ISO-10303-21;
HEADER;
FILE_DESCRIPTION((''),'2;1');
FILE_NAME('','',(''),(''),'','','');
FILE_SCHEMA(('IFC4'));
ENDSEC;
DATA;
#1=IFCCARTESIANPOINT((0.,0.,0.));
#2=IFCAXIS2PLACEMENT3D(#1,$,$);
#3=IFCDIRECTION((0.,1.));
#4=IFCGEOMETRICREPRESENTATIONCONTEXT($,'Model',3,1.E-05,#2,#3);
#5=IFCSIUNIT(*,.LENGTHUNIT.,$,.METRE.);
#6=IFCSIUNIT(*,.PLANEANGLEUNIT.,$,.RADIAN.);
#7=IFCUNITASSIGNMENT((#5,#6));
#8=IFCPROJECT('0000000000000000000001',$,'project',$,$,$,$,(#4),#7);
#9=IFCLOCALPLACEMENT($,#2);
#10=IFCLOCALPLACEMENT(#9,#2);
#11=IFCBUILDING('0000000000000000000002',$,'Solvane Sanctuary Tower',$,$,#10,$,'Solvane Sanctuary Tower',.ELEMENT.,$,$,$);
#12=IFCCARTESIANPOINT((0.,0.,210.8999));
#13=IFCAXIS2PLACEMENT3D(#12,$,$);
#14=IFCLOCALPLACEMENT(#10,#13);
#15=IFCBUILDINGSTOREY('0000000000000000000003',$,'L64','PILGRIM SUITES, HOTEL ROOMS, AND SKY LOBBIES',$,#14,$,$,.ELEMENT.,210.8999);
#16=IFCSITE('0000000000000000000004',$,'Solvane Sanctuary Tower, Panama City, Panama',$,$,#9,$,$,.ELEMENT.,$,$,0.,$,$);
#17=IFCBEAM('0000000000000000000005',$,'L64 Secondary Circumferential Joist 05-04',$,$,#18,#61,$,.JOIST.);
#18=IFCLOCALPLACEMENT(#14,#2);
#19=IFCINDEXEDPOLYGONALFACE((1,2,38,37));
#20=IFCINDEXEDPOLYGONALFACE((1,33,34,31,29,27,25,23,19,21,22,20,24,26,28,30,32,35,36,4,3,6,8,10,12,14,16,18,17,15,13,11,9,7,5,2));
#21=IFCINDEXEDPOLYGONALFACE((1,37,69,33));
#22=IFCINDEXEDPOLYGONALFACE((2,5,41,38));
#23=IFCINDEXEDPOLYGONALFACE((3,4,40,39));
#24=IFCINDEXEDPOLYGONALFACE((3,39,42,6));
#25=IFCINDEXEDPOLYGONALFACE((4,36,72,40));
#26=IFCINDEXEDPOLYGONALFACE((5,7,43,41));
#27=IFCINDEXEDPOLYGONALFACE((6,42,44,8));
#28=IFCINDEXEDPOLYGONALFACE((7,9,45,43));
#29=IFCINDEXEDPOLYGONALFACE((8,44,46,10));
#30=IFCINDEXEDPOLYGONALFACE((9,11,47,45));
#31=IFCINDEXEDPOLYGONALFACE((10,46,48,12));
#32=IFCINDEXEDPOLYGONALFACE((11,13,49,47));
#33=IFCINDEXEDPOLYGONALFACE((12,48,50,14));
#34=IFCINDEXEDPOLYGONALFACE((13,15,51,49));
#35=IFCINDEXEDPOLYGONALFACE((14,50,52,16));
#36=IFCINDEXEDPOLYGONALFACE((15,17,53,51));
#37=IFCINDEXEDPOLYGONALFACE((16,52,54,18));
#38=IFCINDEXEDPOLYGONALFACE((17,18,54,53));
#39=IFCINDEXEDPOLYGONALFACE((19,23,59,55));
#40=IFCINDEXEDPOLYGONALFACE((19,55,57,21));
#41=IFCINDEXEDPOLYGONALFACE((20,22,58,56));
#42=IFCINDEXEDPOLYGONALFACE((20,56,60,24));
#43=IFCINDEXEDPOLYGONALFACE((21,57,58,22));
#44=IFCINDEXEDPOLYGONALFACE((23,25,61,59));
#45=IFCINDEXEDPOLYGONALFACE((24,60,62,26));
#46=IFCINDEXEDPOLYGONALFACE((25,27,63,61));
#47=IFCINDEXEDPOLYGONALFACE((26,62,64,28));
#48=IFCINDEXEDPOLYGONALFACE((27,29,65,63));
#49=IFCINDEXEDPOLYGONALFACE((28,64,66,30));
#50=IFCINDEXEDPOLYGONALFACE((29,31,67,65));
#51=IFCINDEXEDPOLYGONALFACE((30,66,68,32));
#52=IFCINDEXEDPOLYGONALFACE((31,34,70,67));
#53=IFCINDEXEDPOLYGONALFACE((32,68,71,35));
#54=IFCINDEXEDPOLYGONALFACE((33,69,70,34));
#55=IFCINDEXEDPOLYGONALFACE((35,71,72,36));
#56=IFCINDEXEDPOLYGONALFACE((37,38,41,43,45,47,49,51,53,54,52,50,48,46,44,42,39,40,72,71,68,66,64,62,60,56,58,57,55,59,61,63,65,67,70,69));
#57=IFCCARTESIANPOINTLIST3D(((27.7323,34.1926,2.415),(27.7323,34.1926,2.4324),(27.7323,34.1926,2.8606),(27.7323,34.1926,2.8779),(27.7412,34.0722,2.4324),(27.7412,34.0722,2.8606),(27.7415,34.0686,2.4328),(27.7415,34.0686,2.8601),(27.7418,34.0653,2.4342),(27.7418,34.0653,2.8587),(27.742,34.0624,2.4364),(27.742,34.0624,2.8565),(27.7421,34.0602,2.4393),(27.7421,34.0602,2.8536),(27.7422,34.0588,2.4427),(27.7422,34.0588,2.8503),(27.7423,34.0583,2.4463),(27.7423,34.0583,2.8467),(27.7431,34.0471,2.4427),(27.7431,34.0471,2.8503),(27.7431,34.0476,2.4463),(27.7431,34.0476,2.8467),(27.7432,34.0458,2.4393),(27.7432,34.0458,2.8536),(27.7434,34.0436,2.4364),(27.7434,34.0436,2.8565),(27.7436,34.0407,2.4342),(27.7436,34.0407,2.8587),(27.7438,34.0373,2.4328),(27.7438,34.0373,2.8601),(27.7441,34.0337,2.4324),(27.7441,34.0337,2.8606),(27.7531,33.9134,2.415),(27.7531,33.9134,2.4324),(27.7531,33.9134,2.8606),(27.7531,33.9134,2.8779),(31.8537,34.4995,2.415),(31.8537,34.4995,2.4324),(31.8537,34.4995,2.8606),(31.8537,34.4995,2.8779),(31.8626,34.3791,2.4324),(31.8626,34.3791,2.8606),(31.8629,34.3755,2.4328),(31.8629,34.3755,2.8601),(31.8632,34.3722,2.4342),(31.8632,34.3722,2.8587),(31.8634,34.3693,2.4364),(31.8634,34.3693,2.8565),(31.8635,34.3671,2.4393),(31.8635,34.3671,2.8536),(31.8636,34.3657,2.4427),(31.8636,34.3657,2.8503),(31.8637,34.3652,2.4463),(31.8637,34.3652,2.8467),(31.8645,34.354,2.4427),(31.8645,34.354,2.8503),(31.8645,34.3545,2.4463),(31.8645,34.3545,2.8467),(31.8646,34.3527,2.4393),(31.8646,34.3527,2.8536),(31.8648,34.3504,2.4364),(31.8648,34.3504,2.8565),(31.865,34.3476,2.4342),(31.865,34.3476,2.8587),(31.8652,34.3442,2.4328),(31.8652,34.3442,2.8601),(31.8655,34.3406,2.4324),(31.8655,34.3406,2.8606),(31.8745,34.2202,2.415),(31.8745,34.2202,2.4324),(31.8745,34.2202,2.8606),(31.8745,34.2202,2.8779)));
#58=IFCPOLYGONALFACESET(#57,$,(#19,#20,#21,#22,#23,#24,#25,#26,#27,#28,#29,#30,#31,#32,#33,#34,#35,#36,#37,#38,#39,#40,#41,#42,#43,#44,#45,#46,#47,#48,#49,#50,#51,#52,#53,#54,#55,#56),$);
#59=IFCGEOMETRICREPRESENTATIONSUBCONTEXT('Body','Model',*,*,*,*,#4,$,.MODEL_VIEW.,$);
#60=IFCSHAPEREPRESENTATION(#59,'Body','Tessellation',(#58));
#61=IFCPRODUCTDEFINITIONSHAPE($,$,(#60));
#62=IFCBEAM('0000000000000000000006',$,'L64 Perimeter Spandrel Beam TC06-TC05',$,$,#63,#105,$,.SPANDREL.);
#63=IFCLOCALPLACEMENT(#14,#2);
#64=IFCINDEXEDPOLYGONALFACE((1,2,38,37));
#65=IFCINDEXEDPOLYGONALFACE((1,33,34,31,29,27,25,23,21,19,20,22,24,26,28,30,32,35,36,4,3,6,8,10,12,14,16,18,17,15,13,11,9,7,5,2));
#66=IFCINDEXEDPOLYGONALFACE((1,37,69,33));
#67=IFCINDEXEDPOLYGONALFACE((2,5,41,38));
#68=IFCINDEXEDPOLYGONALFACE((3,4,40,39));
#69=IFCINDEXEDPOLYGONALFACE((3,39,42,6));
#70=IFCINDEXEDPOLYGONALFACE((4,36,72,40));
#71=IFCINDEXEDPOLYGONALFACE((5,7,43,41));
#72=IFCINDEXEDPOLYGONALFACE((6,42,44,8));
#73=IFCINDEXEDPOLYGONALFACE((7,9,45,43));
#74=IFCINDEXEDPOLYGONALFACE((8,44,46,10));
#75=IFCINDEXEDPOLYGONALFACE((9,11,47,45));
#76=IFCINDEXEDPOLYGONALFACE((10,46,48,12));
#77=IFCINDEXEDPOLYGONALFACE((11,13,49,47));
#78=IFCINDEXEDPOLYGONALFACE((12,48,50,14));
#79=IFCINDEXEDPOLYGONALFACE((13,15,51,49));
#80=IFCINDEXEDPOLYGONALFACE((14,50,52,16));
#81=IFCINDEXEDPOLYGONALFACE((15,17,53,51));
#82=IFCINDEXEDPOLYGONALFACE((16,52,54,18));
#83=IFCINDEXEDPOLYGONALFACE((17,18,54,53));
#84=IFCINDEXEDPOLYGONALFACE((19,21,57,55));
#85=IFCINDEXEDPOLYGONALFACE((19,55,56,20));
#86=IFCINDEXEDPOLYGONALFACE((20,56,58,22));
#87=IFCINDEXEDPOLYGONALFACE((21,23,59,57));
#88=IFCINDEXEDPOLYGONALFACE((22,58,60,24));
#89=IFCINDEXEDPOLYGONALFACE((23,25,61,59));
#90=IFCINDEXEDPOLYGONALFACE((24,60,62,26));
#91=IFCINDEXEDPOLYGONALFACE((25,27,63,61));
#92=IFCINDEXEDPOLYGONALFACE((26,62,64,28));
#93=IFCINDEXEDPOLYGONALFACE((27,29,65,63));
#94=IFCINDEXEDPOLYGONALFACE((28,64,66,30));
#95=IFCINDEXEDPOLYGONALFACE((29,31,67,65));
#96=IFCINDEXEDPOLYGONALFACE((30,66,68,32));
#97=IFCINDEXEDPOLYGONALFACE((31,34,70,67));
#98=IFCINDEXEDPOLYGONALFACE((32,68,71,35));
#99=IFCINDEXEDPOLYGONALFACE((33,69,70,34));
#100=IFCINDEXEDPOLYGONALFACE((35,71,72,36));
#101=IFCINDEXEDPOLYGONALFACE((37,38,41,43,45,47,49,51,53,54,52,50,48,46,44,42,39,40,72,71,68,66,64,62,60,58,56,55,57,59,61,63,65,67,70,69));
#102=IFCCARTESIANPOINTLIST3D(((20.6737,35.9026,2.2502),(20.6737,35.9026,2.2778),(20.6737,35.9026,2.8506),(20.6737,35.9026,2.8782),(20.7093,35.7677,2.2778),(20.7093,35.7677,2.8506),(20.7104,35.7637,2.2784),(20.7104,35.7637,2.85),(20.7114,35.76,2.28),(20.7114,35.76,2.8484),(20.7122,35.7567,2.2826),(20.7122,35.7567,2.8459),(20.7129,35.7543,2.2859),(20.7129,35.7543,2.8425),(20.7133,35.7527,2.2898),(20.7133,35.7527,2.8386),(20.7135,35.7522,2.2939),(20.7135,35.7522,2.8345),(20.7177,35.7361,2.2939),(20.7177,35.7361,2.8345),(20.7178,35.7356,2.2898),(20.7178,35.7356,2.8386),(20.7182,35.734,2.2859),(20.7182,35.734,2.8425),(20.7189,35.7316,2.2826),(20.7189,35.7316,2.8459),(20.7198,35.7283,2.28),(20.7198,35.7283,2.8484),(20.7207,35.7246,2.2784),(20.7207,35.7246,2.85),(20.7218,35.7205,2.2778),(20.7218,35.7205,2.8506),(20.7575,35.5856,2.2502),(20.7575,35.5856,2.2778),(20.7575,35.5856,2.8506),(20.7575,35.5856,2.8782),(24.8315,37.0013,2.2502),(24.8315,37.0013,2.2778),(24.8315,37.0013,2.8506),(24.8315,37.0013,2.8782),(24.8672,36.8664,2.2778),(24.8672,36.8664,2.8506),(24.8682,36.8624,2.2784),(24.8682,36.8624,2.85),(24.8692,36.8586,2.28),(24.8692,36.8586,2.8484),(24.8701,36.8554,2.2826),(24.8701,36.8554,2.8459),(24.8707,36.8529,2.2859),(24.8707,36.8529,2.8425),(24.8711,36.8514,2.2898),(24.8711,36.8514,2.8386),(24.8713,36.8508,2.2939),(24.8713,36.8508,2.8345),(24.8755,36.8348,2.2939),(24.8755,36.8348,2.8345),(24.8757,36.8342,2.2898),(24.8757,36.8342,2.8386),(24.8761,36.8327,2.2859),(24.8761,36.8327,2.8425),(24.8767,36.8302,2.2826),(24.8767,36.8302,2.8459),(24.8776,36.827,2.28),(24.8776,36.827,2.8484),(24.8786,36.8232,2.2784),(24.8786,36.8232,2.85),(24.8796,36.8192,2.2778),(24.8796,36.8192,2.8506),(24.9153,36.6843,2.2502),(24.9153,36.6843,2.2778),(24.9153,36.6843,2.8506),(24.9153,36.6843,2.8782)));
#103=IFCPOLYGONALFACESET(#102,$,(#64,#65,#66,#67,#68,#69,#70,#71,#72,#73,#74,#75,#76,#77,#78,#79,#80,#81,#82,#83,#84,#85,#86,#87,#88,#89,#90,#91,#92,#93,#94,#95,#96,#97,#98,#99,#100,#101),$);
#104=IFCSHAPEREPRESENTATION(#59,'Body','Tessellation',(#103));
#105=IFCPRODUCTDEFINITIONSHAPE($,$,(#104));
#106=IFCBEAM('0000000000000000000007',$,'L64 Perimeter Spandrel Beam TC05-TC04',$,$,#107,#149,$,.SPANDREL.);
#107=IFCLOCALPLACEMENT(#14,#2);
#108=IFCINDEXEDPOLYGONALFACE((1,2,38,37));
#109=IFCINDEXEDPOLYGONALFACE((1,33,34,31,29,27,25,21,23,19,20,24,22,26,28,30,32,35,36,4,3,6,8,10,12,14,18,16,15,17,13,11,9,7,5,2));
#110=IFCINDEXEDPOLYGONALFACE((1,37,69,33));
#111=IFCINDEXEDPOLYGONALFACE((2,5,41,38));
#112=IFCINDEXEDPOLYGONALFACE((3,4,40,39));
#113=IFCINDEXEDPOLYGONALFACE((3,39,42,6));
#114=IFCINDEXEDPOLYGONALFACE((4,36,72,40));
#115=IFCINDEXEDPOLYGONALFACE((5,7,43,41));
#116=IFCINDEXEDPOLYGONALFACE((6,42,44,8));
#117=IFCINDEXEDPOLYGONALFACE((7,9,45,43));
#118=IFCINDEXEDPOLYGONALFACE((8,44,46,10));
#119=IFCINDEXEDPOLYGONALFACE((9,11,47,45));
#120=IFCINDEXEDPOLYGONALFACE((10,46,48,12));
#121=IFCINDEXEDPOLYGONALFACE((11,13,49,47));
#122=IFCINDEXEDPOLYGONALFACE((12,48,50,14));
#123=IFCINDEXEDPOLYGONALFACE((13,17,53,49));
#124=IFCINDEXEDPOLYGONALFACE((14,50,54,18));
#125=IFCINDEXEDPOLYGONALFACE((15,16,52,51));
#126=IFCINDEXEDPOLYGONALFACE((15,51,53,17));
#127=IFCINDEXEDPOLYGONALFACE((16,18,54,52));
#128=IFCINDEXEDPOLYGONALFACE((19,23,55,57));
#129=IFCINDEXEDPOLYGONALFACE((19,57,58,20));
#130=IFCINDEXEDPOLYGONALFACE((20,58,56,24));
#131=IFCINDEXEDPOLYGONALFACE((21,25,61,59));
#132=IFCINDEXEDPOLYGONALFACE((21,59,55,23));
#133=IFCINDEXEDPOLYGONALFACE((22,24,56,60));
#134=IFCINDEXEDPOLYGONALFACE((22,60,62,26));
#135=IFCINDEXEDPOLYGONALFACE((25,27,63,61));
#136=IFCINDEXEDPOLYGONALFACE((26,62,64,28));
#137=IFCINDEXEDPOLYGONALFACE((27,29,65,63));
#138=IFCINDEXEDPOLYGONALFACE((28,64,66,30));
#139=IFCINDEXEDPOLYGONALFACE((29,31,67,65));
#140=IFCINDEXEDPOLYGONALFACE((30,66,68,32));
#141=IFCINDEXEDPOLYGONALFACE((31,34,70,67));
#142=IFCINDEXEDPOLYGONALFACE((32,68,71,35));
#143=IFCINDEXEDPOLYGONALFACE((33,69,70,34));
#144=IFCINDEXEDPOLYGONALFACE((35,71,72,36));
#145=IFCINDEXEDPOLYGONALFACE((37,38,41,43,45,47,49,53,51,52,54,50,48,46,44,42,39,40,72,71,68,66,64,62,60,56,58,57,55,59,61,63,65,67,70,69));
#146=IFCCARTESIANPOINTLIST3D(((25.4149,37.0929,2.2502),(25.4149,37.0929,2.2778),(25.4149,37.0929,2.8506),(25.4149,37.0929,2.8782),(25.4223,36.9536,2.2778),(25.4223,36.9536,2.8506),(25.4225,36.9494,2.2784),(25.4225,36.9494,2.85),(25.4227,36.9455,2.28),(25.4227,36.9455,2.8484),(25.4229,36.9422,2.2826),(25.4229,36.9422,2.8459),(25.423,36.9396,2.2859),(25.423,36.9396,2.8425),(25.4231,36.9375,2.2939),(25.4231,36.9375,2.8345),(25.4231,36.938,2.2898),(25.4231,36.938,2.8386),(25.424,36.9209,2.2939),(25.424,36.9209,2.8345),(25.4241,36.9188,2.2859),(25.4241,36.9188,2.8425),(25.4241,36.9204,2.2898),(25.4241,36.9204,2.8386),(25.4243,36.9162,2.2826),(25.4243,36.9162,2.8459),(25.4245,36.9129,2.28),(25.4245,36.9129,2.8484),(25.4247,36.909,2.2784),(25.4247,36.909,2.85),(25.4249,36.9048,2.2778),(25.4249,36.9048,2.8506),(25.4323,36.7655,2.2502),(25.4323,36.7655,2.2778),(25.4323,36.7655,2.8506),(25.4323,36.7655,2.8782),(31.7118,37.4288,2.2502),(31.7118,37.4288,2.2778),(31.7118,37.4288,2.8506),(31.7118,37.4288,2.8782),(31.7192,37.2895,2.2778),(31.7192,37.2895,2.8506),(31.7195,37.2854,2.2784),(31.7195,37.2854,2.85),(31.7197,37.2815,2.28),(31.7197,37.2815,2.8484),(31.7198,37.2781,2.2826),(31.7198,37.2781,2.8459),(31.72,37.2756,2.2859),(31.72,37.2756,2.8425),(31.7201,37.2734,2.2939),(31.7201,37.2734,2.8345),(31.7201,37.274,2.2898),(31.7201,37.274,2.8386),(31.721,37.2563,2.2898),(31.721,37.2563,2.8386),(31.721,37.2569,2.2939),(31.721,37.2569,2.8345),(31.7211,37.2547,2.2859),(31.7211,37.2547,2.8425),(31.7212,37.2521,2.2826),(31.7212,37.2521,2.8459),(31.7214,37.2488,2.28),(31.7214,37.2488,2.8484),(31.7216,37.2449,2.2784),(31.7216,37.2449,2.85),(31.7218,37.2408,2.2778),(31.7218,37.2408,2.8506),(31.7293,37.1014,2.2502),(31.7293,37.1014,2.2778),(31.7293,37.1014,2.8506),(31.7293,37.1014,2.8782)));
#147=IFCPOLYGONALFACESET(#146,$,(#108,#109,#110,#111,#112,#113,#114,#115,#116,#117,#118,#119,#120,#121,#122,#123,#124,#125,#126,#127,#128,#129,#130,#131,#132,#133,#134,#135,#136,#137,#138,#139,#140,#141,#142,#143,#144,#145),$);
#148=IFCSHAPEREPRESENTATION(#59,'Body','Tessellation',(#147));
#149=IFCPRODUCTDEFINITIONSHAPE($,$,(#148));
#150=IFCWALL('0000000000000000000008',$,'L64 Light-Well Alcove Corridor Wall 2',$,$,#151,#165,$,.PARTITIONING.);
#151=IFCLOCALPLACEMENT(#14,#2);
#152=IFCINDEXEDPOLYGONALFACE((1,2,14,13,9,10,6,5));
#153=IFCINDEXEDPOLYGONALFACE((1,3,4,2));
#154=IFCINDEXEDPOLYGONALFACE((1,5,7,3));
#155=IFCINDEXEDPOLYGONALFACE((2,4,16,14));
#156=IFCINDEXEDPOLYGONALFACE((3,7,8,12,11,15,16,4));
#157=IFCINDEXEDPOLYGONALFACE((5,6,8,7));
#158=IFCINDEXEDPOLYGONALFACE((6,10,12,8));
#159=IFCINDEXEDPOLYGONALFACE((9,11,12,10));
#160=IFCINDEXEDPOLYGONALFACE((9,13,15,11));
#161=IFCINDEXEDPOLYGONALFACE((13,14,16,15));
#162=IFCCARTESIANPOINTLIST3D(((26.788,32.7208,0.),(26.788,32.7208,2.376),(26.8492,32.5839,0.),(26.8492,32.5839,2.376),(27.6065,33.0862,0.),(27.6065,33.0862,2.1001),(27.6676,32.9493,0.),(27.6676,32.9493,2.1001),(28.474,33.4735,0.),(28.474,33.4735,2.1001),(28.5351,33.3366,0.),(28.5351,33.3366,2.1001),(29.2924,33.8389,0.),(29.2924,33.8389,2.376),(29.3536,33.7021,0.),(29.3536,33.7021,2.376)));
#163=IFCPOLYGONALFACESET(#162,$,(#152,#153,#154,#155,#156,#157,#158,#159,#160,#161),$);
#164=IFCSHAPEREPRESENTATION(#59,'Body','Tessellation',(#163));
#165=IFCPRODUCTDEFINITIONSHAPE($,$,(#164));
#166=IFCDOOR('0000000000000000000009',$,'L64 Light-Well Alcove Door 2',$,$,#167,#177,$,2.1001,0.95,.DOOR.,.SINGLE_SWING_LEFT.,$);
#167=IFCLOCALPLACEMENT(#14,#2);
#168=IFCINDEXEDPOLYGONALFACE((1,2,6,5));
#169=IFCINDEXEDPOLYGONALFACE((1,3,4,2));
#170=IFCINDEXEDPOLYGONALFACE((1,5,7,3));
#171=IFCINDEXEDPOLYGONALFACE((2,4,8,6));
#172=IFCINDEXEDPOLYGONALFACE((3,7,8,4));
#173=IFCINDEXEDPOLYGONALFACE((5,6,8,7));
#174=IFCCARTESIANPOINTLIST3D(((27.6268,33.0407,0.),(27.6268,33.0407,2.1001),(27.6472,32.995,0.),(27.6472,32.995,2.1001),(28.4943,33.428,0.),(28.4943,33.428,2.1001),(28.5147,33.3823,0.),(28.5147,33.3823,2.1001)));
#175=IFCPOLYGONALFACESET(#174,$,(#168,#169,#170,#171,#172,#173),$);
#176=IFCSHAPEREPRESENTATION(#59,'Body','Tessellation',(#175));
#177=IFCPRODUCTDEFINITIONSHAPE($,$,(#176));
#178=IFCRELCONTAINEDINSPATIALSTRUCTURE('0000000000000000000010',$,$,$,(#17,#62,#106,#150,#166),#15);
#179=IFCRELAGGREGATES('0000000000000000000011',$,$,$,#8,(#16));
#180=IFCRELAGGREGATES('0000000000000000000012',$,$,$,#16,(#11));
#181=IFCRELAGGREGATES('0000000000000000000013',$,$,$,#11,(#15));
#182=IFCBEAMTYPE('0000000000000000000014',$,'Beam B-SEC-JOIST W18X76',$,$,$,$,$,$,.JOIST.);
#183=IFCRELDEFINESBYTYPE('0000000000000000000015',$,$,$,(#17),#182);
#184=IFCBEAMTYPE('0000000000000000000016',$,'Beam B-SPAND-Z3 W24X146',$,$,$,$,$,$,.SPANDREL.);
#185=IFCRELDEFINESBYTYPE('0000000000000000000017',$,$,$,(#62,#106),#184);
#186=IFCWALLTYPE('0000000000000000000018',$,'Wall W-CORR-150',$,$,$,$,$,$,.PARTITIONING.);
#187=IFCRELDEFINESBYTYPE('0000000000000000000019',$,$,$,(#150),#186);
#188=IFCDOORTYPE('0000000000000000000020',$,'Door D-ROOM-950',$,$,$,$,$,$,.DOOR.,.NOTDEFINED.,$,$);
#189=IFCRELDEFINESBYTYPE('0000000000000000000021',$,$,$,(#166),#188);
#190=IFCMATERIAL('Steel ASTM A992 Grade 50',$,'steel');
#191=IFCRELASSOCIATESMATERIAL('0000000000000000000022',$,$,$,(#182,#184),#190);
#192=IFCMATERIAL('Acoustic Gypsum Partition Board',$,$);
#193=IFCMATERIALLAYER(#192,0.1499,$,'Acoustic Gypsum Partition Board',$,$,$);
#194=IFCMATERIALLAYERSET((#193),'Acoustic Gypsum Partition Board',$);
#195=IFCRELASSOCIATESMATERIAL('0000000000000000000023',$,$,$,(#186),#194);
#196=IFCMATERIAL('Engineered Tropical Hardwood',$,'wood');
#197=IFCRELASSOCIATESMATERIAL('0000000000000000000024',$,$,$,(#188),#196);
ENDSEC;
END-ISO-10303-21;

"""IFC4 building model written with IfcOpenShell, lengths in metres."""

from ifc_helpers import new_model, si_unit, direction, frame, frame_2d, origin, origin_2d, place, context, subcontext, project, spatial, rectangle, i_section, extrude, material, layer, layer_set, material_profile, profile_set, type_object, element, fill, save


model = new_model("IFC4")

# Units and contexts
model_context = context("Model", 3, precision=1e-05, world=origin(), true_north=direction((0.0, 1.0)))
body_context = subcontext(model_context, "Body", "Model", "MODEL_VIEW")
ifc_project = project(units=[si_unit("LENGTHUNIT", "METRE"), si_unit("PLANEANGLEUNIT", "RADIAN")], contexts=[model_context])

# Site, building, storey
site_placement = place(None, origin())
site = spatial("IfcSite", under=ifc_project, at=site_placement, Name="Solvane Sanctuary Tower, Panama City, Panama", CompositionType="ELEMENT", RefElevation=0.0)
building_placement = place(site_placement, origin())
building = spatial("IfcBuilding", under=site, at=building_placement, Name="Solvane Sanctuary Tower", LongName="Solvane Sanctuary Tower", CompositionType="ELEMENT")
storey_placement = place(building_placement, frame((0.0, 0.0, 210.8999)))
storey = spatial("IfcBuildingStorey", under=building, at=storey_placement, Name="L64", Description="PILGRIM SUITES, HOTEL ROOMS, AND SKY LOBBIES", CompositionType="ELEMENT", Elevation=210.8999)

# Beams
ifc_material_1 = material(Name="Steel ASTM A992 Grade 50", Category="steel")
ifc_material_profile_1 = material_profile(ifc_material_1, i_section(OverallWidth=0.28, OverallDepth=0.4629, WebThickness=0.0107, FlangeThickness=0.0173, FilletRadius=0.0139, at=origin_2d()), Name="W18X76")
ifc_profile_set_1 = profile_set([ifc_material_profile_1], Name="Steel ASTM A992 Grade 50")
beam_type_1 = type_object("IfcBeamType", Name="Beam B-SEC-JOIST W18X76", PredefinedType="JOIST", material=ifc_profile_set_1)
beam_1_placement = place(storey_placement, frame((27.7427, 34.053, 2.6465), z_axis=(0.997239, 0.074257, 0.0), x_axis=(-0.074257, 0.997239, 0.0)))
element("IfcBeam", 1, at=beam_1_placement, inside=storey, type_object=beam_type_1, Name="L64 Secondary Circumferential Joist 05-04", PredefinedType="JOIST", context=body_context, shape_type="SweptSolid", body=[
    extrude(i_section(OverallWidth=0.28, OverallDepth=0.4629, WebThickness=0.0107, FlangeThickness=0.0173, FilletRadius=0.0139, at=origin_2d()), origin(), (0.0, 0.0, 1.0), 4.1328),
])
ifc_material_profile_2 = material_profile(ifc_material_1, i_section(OverallWidth=0.3279, OverallDepth=0.6279, WebThickness=0.0166, FlangeThickness=0.0276, FilletRadius=0.0161, at=origin_2d()), Name="W24X146")
ifc_profile_set_2 = profile_set([ifc_material_profile_2], Name="Steel ASTM A992 Grade 50")
beam_type_2 = type_object("IfcBeamType", Name="Beam B-SPAND-Z3 W24X146", PredefinedType="SPANDREL", material=ifc_profile_set_2)
beam_2_placement = place(storey_placement, frame((20.7156, 35.7441, 2.5642), z_axis=(0.966817, 0.255471, 0.0), x_axis=(-0.255471, 0.966817, 0.0)))
element("IfcBeam", 2, at=beam_2_placement, inside=storey, type_object=beam_type_2, Name="L64 Perimeter Spandrel Beam TC06-TC05", PredefinedType="SPANDREL", context=body_context, shape_type="SweptSolid", body=[
    extrude(i_section(OverallWidth=0.3279, OverallDepth=0.6279, WebThickness=0.0166, FlangeThickness=0.0276, FilletRadius=0.0161, at=origin_2d()), origin(), (0.0, 0.0, 1.0), 4.3005),
])
beam_3_placement = place(storey_placement, frame((25.4236, 36.9292, 2.5642), z_axis=(0.99858, 0.053274, 0.0), x_axis=(-0.053274, 0.99858, 0.0)))
element("IfcBeam", 3, at=beam_3_placement, inside=storey, type_object=beam_type_2, Name="L64 Perimeter Spandrel Beam TC05-TC04", PredefinedType="SPANDREL", context=body_context, shape_type="SweptSolid", body=[
    extrude(i_section(OverallWidth=0.3279, OverallDepth=0.6279, WebThickness=0.0166, FlangeThickness=0.0276, FilletRadius=0.0161, at=origin_2d()), origin(), (0.0, 0.0, 1.0), 6.3059),
])

# Wall, opening, door
ifc_material_2 = material(Name="Acoustic Gypsum Partition Board")
ifc_layer_1 = layer(ifc_material_2, 0.1499, Name="Acoustic Gypsum Partition Board")
ifc_layer_set_1 = layer_set([ifc_layer_1], Name="Acoustic Gypsum Partition Board")
wall_type_1 = type_object("IfcWallType", Name="Wall W-CORR-150", PredefinedType="PARTITIONING", material=ifc_layer_set_1)
wall_1_placement = place(storey_placement, frame((29.323, 33.7705, 0.0), z_axis=(0.0, 0.0, 1.0), x_axis=(-0.91312, -0.407691, 0.0)))
wall_1 = element("IfcWall", 4, at=wall_1_placement, inside=storey, type_object=wall_type_1, Name="L64 Light-Well Alcove Corridor Wall 2", PredefinedType="PARTITIONING", context=body_context, shape_type="SweptSolid", body=[
    extrude(rectangle(XDim=2.7427, YDim=0.1499, at=frame_2d((1.3713, 0.0))), origin(), (0.0, 0.0, 1.0), 2.376),
])
opening_1_placement = place(wall_1_placement, frame((0.8962, 0.0, 0.0)))
opening_1 = element("IfcOpeningElement", 5, at=opening_1_placement, cuts=wall_1, PredefinedType="OPENING", context=body_context, shape_type="SweptSolid", body=[
    extrude(rectangle(XDim=0.95, YDim=2.1001, at=frame_2d((0.4751, 1.05))), frame((0.0, 0.085, 0.0), z_axis=(0.0, -1.0, 0.0), x_axis=(1.0, 0.0, 0.0)), (0.0, 0.0, 1.0), 0.1699),
])
ifc_material_3 = material(Name="Engineered Tropical Hardwood", Category="wood")
door_type_1 = type_object("IfcDoorType", Name="Door D-ROOM-950", OperationType="NOTDEFINED", PredefinedType="DOOR", material=ifc_material_3)
door_1_placement = place(opening_1_placement, origin())
door_1 = element("IfcDoor", 6, at=door_1_placement, inside=storey, type_object=door_type_1, Name="L64 Light-Well Alcove Door 2", OperationType="SINGLE_SWING_LEFT", OverallHeight=2.1001, OverallWidth=0.95, PredefinedType="DOOR", context=body_context, shape_type="SweptSolid", body=[
    extrude(rectangle(XDim=0.95, YDim=2.1001, at=frame_2d((0.4751, 1.05))), frame((0.0, 0.0249, 0.0), z_axis=(0.0, -1.0, 0.0), x_axis=(1.0, 0.0, 0.0)), (0.0, 0.0, 1.0), 0.05),
])
fill(opening_1, door_1)

save(model, "model.ifc")
